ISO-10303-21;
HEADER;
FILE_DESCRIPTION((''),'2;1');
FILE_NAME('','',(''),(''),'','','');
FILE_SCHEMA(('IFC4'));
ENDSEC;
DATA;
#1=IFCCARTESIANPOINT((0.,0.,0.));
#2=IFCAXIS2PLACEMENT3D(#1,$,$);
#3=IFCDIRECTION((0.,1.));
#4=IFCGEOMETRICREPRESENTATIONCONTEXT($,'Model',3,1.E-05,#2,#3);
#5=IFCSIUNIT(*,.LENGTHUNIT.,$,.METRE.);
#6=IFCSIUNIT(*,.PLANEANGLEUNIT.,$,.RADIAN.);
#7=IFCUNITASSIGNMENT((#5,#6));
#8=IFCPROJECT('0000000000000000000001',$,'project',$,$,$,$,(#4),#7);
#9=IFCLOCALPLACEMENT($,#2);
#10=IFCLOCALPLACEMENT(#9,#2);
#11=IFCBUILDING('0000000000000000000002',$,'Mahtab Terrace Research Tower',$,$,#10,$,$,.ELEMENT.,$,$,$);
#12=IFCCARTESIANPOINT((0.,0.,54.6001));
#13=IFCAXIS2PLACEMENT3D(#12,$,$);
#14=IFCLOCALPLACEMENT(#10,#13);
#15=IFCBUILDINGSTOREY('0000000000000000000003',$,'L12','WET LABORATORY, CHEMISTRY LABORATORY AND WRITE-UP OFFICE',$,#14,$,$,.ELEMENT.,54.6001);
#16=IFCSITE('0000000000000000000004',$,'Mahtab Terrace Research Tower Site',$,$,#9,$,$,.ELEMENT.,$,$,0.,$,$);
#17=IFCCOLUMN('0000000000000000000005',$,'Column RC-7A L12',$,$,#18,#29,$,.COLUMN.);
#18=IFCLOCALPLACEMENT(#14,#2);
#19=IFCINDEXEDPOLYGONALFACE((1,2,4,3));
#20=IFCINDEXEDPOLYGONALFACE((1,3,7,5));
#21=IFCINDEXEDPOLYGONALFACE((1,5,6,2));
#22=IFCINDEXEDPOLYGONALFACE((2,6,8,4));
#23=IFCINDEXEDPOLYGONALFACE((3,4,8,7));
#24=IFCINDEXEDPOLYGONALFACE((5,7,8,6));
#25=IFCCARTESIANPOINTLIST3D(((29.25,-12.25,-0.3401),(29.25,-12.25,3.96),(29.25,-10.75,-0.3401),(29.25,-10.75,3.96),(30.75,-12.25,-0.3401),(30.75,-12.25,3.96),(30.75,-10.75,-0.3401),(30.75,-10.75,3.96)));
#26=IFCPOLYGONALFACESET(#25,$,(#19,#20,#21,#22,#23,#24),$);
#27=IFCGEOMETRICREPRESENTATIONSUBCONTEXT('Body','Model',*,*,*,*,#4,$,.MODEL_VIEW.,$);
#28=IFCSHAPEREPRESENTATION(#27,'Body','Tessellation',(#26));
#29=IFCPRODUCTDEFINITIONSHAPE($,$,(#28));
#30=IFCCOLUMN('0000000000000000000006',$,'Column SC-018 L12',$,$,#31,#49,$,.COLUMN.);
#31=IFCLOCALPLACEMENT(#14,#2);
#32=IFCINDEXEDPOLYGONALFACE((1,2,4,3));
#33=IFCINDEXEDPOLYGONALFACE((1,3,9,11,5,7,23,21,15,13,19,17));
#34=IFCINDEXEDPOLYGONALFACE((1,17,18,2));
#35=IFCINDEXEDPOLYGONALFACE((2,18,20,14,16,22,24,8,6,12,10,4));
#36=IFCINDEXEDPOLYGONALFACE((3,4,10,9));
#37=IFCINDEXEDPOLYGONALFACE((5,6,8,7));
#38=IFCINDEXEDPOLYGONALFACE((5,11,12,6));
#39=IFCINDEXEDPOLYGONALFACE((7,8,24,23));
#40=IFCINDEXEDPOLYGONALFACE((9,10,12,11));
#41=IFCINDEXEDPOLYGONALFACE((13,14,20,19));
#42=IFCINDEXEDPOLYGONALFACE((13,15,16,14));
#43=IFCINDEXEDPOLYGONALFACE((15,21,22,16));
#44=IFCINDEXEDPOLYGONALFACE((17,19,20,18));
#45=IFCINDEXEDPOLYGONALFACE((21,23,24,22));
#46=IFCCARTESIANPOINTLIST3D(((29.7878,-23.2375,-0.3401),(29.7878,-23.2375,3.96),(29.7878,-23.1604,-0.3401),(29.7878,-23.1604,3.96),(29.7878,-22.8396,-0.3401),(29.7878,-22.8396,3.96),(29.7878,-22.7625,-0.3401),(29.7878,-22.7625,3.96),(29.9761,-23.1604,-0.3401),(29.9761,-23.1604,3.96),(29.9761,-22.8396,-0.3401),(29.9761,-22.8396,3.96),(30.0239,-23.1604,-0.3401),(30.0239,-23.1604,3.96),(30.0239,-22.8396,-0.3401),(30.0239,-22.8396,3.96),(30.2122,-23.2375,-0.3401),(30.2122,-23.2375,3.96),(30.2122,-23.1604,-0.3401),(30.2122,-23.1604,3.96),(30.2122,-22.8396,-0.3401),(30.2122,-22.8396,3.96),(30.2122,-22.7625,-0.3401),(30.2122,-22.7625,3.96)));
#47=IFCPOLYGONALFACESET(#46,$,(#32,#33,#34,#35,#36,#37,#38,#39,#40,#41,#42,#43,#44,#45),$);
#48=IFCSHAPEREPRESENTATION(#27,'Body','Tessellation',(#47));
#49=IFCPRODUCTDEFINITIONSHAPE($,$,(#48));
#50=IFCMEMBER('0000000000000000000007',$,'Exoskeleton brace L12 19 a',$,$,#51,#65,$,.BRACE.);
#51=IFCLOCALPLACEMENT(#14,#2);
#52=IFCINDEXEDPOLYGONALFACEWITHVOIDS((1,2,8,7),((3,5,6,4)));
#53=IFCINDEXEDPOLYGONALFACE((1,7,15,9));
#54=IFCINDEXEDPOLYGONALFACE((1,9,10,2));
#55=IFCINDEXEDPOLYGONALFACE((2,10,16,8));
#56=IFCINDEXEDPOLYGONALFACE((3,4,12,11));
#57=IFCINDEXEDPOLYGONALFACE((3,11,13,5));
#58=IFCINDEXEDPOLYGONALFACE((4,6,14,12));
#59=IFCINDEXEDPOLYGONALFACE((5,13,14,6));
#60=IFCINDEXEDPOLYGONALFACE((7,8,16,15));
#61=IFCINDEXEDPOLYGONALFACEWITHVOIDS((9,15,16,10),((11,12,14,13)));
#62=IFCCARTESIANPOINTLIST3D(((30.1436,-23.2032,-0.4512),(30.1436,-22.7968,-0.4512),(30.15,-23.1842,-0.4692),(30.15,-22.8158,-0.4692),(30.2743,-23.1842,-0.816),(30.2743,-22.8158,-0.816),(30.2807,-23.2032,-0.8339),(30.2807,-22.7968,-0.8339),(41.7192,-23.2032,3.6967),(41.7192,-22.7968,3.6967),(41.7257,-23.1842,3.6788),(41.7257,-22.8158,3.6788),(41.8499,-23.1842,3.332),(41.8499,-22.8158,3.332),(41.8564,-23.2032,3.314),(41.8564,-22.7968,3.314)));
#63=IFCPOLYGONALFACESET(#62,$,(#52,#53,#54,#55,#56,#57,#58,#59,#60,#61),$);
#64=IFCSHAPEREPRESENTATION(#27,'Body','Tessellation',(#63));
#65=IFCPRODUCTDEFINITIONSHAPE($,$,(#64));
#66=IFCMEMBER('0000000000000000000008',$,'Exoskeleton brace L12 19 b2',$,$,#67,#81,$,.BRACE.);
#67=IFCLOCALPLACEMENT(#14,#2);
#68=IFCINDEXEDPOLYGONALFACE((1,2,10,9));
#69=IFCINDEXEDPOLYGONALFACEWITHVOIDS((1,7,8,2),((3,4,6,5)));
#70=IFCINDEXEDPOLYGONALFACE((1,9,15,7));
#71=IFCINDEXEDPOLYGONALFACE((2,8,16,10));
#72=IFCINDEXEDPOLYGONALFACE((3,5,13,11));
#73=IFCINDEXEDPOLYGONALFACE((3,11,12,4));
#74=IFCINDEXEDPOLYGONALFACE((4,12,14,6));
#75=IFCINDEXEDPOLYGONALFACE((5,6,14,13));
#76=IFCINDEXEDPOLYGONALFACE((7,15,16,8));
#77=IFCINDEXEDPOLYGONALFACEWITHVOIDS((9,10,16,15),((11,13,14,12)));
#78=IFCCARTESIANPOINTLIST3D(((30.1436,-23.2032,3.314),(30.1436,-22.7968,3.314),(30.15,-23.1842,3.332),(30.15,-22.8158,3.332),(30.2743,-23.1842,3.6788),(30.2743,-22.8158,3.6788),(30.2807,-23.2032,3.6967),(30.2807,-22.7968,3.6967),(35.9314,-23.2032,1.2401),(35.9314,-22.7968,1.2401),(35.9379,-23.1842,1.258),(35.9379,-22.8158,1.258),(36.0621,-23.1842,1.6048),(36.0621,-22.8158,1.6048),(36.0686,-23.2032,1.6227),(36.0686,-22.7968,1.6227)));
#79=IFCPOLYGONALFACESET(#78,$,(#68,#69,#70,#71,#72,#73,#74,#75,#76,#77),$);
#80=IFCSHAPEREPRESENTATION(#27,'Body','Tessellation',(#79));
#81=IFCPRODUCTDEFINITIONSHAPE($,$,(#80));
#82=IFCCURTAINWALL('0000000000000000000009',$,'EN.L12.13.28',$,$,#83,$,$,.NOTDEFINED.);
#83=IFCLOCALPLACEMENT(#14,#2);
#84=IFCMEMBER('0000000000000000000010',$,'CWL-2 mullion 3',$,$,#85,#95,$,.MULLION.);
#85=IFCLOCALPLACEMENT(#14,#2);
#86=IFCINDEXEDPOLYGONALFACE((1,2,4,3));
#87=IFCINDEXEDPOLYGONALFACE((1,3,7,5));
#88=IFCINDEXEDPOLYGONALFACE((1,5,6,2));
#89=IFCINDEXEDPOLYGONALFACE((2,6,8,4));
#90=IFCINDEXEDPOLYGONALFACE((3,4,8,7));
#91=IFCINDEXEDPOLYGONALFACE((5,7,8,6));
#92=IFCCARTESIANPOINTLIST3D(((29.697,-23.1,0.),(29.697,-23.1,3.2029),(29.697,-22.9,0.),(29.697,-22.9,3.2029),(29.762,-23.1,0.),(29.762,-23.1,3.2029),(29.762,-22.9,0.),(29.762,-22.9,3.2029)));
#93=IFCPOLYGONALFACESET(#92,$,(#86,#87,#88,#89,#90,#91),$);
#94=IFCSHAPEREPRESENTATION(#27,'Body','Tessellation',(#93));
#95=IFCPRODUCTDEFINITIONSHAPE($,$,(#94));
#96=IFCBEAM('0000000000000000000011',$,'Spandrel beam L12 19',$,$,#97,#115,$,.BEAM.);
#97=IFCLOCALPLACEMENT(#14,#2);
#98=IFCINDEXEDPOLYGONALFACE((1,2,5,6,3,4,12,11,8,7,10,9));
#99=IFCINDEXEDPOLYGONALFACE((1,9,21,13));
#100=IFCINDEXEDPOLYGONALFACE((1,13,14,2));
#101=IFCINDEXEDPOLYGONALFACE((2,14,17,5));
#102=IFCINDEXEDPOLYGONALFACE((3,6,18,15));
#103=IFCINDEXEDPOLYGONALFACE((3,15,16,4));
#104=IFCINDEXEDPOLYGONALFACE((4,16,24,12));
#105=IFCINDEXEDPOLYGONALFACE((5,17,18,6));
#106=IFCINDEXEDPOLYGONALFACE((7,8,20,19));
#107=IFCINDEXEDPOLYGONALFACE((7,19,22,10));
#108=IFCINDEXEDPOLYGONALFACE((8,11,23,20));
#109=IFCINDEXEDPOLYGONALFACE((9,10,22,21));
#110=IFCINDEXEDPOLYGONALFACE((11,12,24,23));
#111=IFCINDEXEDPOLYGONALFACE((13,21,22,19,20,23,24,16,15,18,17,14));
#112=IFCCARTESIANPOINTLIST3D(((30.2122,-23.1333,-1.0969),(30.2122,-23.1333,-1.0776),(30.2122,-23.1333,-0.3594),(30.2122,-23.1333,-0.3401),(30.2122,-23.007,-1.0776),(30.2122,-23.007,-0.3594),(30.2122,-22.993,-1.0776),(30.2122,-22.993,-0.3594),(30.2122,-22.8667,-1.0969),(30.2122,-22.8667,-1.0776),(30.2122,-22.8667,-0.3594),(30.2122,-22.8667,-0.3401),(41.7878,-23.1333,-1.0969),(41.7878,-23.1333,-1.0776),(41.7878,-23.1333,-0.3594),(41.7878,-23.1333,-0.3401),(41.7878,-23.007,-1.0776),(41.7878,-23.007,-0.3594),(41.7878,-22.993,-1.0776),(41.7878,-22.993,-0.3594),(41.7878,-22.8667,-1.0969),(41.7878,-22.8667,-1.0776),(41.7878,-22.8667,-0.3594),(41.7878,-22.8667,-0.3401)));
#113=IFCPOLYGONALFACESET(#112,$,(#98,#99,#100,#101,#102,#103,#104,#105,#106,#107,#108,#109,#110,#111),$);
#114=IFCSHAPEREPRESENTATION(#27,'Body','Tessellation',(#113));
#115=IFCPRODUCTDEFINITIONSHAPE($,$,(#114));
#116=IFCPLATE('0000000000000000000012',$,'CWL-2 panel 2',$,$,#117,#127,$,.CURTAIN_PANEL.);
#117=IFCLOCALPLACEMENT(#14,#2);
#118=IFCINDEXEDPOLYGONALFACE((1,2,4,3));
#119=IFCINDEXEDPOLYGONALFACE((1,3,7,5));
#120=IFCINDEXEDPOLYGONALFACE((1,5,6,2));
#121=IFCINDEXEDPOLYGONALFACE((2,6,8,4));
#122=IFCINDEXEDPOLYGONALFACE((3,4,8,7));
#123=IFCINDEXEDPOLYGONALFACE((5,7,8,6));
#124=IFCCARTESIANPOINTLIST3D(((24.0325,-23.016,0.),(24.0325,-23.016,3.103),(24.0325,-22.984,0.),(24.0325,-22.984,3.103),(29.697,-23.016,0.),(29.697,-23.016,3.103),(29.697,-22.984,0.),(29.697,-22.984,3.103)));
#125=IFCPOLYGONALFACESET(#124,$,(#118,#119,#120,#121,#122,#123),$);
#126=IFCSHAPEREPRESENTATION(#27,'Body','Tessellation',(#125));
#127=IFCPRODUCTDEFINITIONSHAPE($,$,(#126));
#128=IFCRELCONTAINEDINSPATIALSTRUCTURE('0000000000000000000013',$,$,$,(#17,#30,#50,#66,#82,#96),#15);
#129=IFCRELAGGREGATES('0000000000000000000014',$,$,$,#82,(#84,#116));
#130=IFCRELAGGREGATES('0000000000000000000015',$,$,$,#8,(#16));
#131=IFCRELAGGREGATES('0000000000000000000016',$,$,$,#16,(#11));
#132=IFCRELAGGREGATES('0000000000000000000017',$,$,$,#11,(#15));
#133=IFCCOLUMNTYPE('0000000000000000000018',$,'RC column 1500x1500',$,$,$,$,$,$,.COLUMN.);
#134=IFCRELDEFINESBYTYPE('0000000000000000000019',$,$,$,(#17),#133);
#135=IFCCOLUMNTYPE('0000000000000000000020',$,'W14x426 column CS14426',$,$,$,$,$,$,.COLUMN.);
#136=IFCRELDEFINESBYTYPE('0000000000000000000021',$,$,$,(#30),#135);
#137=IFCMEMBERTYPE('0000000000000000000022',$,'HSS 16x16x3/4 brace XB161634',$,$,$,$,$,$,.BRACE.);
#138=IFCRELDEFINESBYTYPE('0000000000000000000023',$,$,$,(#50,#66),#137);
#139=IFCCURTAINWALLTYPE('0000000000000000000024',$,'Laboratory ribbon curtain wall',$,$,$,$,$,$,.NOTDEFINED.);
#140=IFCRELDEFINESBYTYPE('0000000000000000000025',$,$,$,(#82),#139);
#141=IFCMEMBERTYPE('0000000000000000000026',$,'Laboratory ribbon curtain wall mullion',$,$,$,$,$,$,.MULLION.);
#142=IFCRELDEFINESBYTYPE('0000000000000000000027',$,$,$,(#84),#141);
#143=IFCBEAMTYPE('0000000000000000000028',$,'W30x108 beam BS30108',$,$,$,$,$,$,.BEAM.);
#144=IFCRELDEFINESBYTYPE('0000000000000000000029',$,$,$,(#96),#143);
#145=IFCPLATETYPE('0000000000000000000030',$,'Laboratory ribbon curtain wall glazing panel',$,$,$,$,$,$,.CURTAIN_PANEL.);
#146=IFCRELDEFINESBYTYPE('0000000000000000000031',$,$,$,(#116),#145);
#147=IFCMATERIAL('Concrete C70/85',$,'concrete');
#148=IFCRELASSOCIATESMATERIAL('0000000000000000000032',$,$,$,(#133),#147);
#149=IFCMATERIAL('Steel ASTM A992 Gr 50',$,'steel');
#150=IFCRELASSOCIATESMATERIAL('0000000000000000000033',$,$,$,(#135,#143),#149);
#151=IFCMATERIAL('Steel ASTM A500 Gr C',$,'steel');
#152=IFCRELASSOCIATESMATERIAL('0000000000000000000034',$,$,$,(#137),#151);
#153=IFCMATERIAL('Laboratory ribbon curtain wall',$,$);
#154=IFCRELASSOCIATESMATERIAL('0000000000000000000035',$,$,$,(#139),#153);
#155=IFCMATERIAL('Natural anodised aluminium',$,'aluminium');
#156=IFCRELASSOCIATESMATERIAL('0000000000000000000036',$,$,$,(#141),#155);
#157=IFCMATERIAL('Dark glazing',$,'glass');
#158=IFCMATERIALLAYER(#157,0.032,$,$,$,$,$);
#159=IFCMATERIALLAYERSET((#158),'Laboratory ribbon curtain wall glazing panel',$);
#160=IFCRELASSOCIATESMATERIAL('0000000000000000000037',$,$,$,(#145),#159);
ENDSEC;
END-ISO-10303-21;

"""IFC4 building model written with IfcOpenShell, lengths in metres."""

from ifc_helpers import new_model, si_unit, direction, frame, origin, origin_2d, place, context, subcontext, project, spatial, rectangle, hollow_rectangle, i_section, extrude, material, layer, layer_set, material_profile, profile_set, type_object, element, aggregate, save


model = new_model("IFC4")

# Units and contexts
model_context = context("Model", 3, precision=1e-05, world=origin(), true_north=direction((0.0, 1.0)))
body_context = subcontext(model_context, "Body", "Model", "MODEL_VIEW")
ifc_project = project(units=[si_unit("LENGTHUNIT", "METRE"), si_unit("PLANEANGLEUNIT", "RADIAN")], contexts=[model_context])

# Site, building, storey
site_placement = place(None, origin())
site = spatial("IfcSite", under=ifc_project, at=site_placement, Name="Mahtab Terrace Research Tower Site", CompositionType="ELEMENT", RefElevation=0.0)
building_placement = place(site_placement, origin())
building = spatial("IfcBuilding", under=site, at=building_placement, Name="Mahtab Terrace Research Tower", CompositionType="ELEMENT")
storey_placement = place(building_placement, frame((0.0, 0.0, 54.6001)))
storey = spatial("IfcBuildingStorey", under=building, at=storey_placement, Name="L12", Description="WET LABORATORY, CHEMISTRY LABORATORY AND WRITE-UP OFFICE", CompositionType="ELEMENT", Elevation=54.6001)

# Columns
ifc_material_1 = material(Name="Concrete C70/85", Category="concrete")
ifc_material_profile_1 = material_profile(ifc_material_1, rectangle(XDim=1.5, YDim=1.5, at=origin_2d()), Name="RC column 1500x1500")
ifc_profile_set_1 = profile_set([ifc_material_profile_1], Name="Concrete C70/85")
column_type_1 = type_object("IfcColumnType", Name="RC column 1500x1500", PredefinedType="COLUMN", material=ifc_profile_set_1)
column_1_placement = place(storey_placement, frame((30.0, -11.5, -0.3401), z_axis=(0.0, 0.0, 1.0), x_axis=(1.0, 0.0, 0.0)))
element("IfcColumn", 1, at=column_1_placement, inside=storey, type_object=column_type_1, Name="Column RC-7A L12", PredefinedType="COLUMN", context=body_context, shape_type="SweptSolid", body=[
    extrude(rectangle(XDim=1.5, YDim=1.5, at=origin_2d()), origin(), (0.0, 0.0, 1.0), 4.3),
])
ifc_material_2 = material(Name="Steel ASTM A992 Gr 50", Category="steel")
ifc_material_profile_2 = material_profile(ifc_material_2, i_section(OverallWidth=0.4243, OverallDepth=0.4751, WebThickness=0.0479, FlangeThickness=0.0771, at=origin_2d()), Name="W14X426")
ifc_profile_set_2 = profile_set([ifc_material_profile_2], Name="Steel ASTM A992 Gr 50")
column_type_2 = type_object("IfcColumnType", Name="W14x426 column CS14426", PredefinedType="COLUMN", material=ifc_profile_set_2)
column_2_placement = place(storey_placement, frame((30.0, -23.0, -0.3401), z_axis=(0.0, 0.0, 1.0), x_axis=(1.0, 0.0, 0.0)))
element("IfcColumn", 2, at=column_2_placement, inside=storey, type_object=column_type_2, Name="Column SC-018 L12", PredefinedType="COLUMN", context=body_context, shape_type="SweptSolid", body=[
    extrude(i_section(OverallWidth=0.4243, OverallDepth=0.4751, WebThickness=0.0479, FlangeThickness=0.0771, at=origin_2d()), origin(), (0.0, 0.0, 1.0), 4.3),
])

# Members
ifc_material_3 = material(Name="Steel ASTM A500 Gr C", Category="steel")
ifc_material_profile_3 = material_profile(ifc_material_3, hollow_rectangle(XDim=0.4065, YDim=0.4065, WallThickness=0.019, at=origin_2d()), Name="HSS16X16X3/4")
ifc_profile_set_3 = profile_set([ifc_material_profile_3], Name="Steel ASTM A500 Gr C")
member_type_1 = type_object("IfcMemberType", Name="HSS 16x16x3/4 brace XB161634", PredefinedType="BRACE", material=ifc_profile_set_3)
member_1_placement = place(storey_placement, frame((30.2122, -23.0, -0.6426), z_axis=(0.941387, 0.0, 0.33733), x_axis=(0.0, 1.0, 0.0)))
element("IfcMember", 3, at=member_1_placement, inside=storey, type_object=member_type_1, Name="Exoskeleton brace L12 19 a", PredefinedType="BRACE", context=body_context, shape_type="SweptSolid", body=[
    extrude(hollow_rectangle(XDim=0.4065, YDim=0.4065, WallThickness=0.019, at=origin_2d()), origin(), (0.0, 0.0, 1.0), 12.2964),
])
member_2_placement = place(storey_placement, frame((36.0, -23.0, 1.4314), z_axis=(-0.941387, 0.0, 0.33733), x_axis=(0.0, -1.0, 0.0)))
element("IfcMember", 4, at=member_2_placement, inside=storey, type_object=member_type_1, Name="Exoskeleton brace L12 19 b2", PredefinedType="BRACE", context=body_context, shape_type="SweptSolid", body=[
    extrude(hollow_rectangle(XDim=0.4065, YDim=0.4065, WallThickness=0.019, at=origin_2d()), origin(), (0.0, 0.0, 1.0), 6.1482),
])

# Curtain wall, member
ifc_material_4 = material(Name="Laboratory ribbon curtain wall")
curtain_wall_type = type_object("IfcCurtainWallType", Name="Laboratory ribbon curtain wall", PredefinedType="NOTDEFINED", material=ifc_material_4)
curtain_wall_placement = place(storey_placement, origin())
curtain_wall = element("IfcCurtainWall", 5, at=curtain_wall_placement, inside=storey, type_object=curtain_wall_type, Name="EN.L12.13.28", PredefinedType="NOTDEFINED")
ifc_material_5 = material(Name="Natural anodised aluminium", Category="aluminium")
ifc_material_profile_4 = material_profile(ifc_material_5, rectangle(XDim=0.2, YDim=0.0649, at=origin_2d()), Name="MULLION 65x200")
ifc_profile_set_4 = profile_set([ifc_material_profile_4], Name="Natural anodised aluminium")
member_type_2 = type_object("IfcMemberType", Name="Laboratory ribbon curtain wall mullion", PredefinedType="MULLION", material=ifc_profile_set_4)
member_3_placement = place(storey_placement, frame((29.7295, -23.0, 0.0), z_axis=(0.0, 0.0, 1.0), x_axis=(0.0, 1.0, 0.0)))
member_3 = element("IfcMember", 6, at=member_3_placement, type_object=member_type_2, Name="CWL-2 mullion 3", PredefinedType="MULLION", context=body_context, shape_type="SweptSolid", body=[
    extrude(rectangle(XDim=0.2, YDim=0.0649, at=origin_2d()), origin(), (0.0, 0.0, 1.0), 3.2029),
])

# Beam
ifc_material_profile_5 = material_profile(ifc_material_2, i_section(OverallWidth=0.2666, OverallDepth=0.7568, WebThickness=0.0139, FlangeThickness=0.0193, at=origin_2d()), Name="W30X108")
ifc_profile_set_5 = profile_set([ifc_material_profile_5], Name="Steel ASTM A992 Gr 50")
beam_type = type_object("IfcBeamType", Name="W30x108 beam BS30108", PredefinedType="BEAM", material=ifc_profile_set_5)
beam_placement = place(storey_placement, frame((30.2122, -23.0, -0.7185), z_axis=(1.0, 0.0, 0.0), x_axis=(0.0, 1.0, 0.0)))
element("IfcBeam", 7, at=beam_placement, inside=storey, type_object=beam_type, Name="Spandrel beam L12 19", PredefinedType="BEAM", context=body_context, shape_type="SweptSolid", body=[
    extrude(i_section(OverallWidth=0.2666, OverallDepth=0.7568, WebThickness=0.0139, FlangeThickness=0.0193, at=origin_2d()), origin(), (0.0, 0.0, 1.0), 11.5757),
])

# Plate
ifc_material_6 = material(Name="Dark glazing", Category="glass")
ifc_layer_1 = layer(ifc_material_6, 0.032)
ifc_layer_set_1 = layer_set([ifc_layer_1], Name="Laboratory ribbon curtain wall glazing panel")
plate_type = type_object("IfcPlateType", Name="Laboratory ribbon curtain wall glazing panel", PredefinedType="CURTAIN_PANEL", material=ifc_layer_set_1)
plate_placement = place(storey_placement, frame((26.8647, -23.0, 0.0), z_axis=(0.0, 0.0, 1.0), x_axis=(1.0, 0.0, 0.0)))
plate = element("IfcPlate", 8, at=plate_placement, type_object=plate_type, Name="CWL-2 panel 2", PredefinedType="CURTAIN_PANEL", context=body_context, shape_type="SweptSolid", body=[
    extrude(rectangle(XDim=5.6646, YDim=0.032, at=origin_2d()), origin(), (0.0, 0.0, 1.0), 3.103),
])
aggregate(curtain_wall, [member_3, plate])

save(model, "model.ifc")
